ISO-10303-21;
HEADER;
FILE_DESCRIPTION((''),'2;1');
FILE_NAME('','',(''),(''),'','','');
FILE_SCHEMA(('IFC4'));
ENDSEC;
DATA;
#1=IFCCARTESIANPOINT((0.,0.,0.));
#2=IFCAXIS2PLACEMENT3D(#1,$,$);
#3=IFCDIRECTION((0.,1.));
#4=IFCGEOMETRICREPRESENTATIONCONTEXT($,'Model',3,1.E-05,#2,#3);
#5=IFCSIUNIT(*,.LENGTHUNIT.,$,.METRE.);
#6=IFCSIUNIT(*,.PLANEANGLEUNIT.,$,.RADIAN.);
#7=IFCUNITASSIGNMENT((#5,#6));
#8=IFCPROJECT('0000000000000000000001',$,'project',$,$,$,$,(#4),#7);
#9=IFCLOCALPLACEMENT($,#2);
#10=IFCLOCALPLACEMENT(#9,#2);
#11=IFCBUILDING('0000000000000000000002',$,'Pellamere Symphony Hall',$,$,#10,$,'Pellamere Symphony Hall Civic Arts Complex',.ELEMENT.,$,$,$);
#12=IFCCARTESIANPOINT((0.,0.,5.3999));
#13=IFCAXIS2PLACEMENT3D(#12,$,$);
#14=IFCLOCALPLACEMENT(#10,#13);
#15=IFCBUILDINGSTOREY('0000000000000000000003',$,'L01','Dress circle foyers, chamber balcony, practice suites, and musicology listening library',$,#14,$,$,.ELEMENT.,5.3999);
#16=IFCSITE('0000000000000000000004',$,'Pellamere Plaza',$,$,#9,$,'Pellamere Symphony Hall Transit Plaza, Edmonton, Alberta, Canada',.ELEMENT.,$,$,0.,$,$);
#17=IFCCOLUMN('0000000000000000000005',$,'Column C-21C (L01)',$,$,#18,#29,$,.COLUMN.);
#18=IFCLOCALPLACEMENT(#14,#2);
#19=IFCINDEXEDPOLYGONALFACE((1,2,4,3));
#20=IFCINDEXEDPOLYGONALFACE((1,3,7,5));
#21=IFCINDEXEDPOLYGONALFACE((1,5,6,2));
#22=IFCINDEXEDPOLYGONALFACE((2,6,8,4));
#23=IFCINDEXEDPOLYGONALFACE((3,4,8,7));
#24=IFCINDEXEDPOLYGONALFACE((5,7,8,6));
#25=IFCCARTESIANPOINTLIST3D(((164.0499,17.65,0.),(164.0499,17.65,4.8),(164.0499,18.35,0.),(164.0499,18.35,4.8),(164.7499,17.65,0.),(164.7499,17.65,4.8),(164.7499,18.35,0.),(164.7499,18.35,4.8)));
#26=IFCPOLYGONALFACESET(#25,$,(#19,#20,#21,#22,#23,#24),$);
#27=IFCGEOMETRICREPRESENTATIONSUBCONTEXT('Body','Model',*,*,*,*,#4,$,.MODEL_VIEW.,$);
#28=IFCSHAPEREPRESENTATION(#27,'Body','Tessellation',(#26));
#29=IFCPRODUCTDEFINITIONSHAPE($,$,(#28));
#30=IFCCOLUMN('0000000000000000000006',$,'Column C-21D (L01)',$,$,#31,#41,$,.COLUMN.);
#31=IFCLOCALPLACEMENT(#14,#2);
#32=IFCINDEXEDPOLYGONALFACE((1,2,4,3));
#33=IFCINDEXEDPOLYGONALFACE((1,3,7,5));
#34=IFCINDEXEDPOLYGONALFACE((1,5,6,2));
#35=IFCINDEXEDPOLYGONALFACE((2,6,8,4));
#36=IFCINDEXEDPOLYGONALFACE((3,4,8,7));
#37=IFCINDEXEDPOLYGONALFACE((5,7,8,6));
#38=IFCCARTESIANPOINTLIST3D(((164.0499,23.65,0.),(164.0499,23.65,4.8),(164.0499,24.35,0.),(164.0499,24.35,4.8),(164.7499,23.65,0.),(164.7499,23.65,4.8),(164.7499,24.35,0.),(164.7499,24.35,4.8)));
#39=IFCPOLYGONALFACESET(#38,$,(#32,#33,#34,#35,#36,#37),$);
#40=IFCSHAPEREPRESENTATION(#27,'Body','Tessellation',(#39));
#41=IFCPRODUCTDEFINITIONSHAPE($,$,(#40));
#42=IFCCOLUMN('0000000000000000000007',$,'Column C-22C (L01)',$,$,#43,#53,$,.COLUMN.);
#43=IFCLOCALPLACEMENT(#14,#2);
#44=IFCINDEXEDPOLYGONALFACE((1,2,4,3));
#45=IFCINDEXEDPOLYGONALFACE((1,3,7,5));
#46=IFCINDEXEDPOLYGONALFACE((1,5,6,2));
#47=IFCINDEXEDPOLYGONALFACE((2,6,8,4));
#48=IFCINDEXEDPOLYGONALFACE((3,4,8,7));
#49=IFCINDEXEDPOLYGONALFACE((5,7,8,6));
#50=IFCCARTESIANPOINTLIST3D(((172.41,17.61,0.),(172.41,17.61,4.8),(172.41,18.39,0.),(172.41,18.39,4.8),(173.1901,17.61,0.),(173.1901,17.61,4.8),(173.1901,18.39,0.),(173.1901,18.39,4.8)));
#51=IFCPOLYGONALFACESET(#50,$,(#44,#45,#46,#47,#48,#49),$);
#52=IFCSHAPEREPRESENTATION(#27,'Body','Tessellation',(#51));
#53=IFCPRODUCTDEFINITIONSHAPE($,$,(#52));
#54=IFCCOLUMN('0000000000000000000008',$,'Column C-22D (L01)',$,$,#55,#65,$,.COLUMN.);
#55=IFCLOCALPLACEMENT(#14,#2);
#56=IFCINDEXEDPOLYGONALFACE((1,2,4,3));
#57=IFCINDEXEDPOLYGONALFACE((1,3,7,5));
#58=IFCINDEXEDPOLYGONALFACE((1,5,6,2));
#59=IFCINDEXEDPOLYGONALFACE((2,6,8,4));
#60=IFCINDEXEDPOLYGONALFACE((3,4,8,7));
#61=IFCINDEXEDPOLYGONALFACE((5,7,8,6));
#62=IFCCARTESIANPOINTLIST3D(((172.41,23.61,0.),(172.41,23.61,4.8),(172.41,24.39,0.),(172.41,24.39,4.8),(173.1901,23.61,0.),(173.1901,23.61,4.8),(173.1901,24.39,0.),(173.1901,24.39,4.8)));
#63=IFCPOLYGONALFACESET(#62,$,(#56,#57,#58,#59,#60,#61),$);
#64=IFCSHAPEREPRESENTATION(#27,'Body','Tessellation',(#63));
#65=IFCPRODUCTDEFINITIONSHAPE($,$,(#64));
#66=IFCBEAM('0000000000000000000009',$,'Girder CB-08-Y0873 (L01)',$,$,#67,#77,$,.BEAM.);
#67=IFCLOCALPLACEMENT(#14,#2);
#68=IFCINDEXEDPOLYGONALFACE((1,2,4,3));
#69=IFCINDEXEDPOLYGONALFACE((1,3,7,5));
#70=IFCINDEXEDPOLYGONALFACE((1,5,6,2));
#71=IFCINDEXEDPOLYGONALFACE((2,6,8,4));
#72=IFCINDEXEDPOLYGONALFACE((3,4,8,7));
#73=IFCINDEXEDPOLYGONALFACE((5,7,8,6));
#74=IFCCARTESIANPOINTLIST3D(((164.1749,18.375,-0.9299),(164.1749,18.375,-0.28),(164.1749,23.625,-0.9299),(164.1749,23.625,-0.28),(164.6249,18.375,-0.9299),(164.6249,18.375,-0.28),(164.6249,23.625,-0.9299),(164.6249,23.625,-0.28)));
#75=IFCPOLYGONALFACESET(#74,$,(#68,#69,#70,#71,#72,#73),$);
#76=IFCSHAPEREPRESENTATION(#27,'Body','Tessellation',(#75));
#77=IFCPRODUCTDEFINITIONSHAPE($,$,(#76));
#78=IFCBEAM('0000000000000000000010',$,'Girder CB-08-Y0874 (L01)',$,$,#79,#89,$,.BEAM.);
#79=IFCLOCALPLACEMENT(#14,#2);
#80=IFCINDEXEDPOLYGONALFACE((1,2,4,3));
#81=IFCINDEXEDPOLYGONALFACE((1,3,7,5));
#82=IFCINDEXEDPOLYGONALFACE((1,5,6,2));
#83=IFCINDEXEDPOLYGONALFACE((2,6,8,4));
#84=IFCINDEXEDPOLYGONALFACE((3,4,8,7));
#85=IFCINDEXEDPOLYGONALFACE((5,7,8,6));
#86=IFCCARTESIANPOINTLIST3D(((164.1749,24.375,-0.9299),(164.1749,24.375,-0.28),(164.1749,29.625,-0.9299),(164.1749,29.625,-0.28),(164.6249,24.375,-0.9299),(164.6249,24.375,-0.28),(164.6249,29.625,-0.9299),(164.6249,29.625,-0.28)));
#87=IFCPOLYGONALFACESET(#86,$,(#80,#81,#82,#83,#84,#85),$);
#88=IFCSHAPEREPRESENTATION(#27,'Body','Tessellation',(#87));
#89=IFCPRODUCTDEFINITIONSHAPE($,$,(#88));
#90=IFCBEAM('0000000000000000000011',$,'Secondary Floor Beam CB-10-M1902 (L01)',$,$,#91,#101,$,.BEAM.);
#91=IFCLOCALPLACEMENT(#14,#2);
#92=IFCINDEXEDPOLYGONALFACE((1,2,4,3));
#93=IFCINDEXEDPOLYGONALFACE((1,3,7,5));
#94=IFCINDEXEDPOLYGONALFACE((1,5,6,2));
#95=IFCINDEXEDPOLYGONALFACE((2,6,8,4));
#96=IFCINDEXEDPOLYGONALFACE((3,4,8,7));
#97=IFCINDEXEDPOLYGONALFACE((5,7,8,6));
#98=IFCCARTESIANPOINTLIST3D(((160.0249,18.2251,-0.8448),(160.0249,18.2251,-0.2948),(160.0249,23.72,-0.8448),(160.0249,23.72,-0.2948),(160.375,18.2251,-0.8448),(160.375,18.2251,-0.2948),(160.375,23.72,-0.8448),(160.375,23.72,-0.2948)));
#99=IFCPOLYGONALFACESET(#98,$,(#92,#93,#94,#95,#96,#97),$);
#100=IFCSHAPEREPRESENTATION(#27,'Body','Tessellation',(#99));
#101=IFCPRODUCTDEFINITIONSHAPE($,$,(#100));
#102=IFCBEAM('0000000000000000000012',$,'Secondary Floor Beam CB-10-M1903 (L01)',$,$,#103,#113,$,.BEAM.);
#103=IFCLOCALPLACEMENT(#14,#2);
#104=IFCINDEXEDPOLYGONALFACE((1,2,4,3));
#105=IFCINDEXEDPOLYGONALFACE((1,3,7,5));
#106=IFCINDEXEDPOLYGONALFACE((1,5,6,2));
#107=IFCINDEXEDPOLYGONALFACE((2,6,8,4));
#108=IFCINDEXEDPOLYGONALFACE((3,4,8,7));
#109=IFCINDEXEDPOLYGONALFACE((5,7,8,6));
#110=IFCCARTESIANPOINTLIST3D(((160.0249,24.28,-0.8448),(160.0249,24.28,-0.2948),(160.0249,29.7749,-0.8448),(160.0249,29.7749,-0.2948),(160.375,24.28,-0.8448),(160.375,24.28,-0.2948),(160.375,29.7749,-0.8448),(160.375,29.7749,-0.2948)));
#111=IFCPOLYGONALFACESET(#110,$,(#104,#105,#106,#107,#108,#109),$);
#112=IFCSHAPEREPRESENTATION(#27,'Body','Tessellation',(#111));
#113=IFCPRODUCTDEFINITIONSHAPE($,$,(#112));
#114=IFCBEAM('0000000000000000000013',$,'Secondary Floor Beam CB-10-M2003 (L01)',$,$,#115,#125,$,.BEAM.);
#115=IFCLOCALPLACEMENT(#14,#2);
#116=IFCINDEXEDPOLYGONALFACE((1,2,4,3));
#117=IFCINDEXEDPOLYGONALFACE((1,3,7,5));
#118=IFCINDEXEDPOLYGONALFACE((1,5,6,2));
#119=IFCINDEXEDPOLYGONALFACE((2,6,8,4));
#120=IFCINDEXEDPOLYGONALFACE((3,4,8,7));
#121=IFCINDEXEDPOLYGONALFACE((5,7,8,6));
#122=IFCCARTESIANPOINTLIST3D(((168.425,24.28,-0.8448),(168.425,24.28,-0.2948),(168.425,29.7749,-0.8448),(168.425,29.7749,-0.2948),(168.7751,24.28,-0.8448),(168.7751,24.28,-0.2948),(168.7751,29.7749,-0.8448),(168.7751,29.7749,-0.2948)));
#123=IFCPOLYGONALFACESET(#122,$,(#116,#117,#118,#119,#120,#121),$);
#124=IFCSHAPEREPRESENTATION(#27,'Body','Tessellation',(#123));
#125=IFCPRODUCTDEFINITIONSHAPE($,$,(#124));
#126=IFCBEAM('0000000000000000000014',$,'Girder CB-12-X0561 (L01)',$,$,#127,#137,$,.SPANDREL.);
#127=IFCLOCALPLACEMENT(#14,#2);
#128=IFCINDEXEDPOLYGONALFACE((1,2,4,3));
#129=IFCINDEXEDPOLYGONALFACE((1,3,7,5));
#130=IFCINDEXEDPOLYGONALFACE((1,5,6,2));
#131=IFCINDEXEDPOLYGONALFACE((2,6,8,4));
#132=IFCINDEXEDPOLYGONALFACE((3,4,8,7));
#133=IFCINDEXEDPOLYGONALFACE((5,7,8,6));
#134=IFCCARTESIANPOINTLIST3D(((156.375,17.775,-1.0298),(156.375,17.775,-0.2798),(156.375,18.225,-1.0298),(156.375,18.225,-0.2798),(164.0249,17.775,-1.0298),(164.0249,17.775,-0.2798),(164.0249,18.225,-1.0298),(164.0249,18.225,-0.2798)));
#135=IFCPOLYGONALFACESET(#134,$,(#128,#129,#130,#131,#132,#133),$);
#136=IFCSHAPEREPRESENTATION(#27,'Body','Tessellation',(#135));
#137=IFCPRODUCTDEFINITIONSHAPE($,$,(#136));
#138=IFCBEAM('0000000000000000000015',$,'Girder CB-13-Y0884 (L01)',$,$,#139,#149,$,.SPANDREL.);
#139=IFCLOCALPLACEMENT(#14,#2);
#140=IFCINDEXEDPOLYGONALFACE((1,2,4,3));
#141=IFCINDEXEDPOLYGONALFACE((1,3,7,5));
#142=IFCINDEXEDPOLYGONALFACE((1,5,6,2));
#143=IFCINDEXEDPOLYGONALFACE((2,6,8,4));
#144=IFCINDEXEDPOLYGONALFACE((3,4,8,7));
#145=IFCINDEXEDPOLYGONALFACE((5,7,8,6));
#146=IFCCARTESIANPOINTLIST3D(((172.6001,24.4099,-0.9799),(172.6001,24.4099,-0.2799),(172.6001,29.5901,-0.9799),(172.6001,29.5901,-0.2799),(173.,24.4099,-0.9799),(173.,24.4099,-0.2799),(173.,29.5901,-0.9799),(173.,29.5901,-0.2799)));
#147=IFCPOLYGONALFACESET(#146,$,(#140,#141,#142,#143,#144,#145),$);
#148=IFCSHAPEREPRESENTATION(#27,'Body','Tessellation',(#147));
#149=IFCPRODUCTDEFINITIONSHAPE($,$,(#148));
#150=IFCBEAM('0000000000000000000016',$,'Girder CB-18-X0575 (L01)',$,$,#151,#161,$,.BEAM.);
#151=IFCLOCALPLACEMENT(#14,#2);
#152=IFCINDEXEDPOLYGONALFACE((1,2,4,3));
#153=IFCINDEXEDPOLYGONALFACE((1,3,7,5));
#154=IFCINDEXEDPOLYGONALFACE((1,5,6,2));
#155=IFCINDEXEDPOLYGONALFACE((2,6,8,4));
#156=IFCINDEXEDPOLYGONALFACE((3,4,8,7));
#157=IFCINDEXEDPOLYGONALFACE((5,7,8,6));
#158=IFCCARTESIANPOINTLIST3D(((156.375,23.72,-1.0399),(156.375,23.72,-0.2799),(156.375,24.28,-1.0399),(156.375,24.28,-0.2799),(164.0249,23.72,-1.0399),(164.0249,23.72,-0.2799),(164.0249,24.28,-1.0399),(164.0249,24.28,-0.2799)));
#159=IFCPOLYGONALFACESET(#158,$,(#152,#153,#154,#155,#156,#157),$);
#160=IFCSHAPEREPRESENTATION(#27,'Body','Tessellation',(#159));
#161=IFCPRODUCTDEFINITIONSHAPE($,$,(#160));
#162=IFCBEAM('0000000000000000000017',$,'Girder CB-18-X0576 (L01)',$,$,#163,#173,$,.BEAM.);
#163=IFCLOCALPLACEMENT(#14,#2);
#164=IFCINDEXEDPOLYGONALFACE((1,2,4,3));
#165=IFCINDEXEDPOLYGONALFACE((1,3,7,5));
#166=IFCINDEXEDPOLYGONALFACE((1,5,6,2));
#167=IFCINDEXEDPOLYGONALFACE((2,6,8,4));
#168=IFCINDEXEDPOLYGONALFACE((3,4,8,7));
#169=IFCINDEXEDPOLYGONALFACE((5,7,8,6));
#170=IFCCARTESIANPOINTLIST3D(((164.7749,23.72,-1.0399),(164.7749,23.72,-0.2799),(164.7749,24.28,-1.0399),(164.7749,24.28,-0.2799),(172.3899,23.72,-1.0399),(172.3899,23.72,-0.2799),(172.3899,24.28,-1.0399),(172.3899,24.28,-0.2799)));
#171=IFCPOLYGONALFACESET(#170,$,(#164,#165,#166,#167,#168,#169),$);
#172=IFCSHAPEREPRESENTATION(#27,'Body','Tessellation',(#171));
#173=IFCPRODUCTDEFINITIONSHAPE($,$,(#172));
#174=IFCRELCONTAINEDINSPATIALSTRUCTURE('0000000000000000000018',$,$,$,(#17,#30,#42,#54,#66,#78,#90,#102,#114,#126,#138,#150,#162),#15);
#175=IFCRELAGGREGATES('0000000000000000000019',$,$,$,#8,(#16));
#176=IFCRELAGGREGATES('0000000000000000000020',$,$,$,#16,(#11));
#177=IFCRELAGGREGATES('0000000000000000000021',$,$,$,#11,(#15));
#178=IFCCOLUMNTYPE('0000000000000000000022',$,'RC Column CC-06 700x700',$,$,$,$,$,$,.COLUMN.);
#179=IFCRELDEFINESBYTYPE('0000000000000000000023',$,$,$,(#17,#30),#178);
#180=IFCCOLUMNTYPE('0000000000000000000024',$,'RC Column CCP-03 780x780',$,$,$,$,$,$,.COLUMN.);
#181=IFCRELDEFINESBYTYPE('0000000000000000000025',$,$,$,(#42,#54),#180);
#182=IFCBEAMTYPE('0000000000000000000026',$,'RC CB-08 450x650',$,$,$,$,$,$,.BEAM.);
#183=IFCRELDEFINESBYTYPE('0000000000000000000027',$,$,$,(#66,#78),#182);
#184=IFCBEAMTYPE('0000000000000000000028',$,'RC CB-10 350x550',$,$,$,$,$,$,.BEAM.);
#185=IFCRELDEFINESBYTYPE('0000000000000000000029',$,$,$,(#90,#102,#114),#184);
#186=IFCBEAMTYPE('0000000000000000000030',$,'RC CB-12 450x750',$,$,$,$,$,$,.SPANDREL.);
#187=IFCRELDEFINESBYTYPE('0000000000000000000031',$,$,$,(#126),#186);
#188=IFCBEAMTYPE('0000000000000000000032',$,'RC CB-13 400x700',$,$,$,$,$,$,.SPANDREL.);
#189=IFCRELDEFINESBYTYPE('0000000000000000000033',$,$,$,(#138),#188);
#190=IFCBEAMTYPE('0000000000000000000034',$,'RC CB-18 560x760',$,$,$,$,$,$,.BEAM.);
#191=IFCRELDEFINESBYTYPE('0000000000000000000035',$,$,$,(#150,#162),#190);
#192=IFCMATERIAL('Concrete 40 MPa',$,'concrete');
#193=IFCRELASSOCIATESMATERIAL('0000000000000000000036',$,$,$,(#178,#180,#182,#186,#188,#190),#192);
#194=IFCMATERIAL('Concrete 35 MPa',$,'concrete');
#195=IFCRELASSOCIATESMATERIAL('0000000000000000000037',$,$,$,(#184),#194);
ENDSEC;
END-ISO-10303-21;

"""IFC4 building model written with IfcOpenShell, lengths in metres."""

from ifc_helpers import new_model, si_unit, direction, frame, origin, origin_2d, place, context, subcontext, project, spatial, rectangle, extrude, material, material_profile, profile_set, type_object, element, save


model = new_model("IFC4")

# Units and contexts
model_context = context("Model", 3, precision=1e-05, world=origin(), true_north=direction((0.0, 1.0)))
body_context = subcontext(model_context, "Body", "Model", "MODEL_VIEW")
ifc_project = project(units=[si_unit("LENGTHUNIT", "METRE"), si_unit("PLANEANGLEUNIT", "RADIAN")], contexts=[model_context])

# Site, building, storey
site_placement = place(None, origin())
site = spatial("IfcSite", under=ifc_project, at=site_placement, Name="Pellamere Plaza", LongName="Pellamere Symphony Hall Transit Plaza, Edmonton, Alberta, Canada", CompositionType="ELEMENT", RefElevation=0.0)
building_placement = place(site_placement, origin())
building = spatial("IfcBuilding", under=site, at=building_placement, Name="Pellamere Symphony Hall", LongName="Pellamere Symphony Hall Civic Arts Complex", CompositionType="ELEMENT")
storey_placement = place(building_placement, frame((0.0, 0.0, 5.3999)))
storey = spatial("IfcBuildingStorey", under=building, at=storey_placement, Name="L01", Description="Dress circle foyers, chamber balcony, practice suites, and musicology listening library", CompositionType="ELEMENT", Elevation=5.3999)

# Columns
ifc_material_1 = material(Name="Concrete 40 MPa", Category="concrete")
ifc_material_profile_1 = material_profile(ifc_material_1, rectangle(XDim=0.7, YDim=0.7, at=origin_2d()), Name="RC 700x700")
ifc_profile_set_1 = profile_set([ifc_material_profile_1], Name="Concrete 40 MPa")
column_type_1 = type_object("IfcColumnType", Name="RC Column CC-06 700x700", PredefinedType="COLUMN", material=ifc_profile_set_1)
for number, where, z_axis, x_axis, name in (
    (1, (164.3999, 18.0, 0.0), (0.0, 0.0, 1.0), (1.0, 0.0, 0.0), "Column C-21C (L01)"),
    (2, (164.3999, 24.0, 0.0), (0.0, 0.0, 1.0), (1.0, 0.0, 0.0), "Column C-21D (L01)"),
):
    element("IfcColumn", number, at=place(storey_placement, frame(where, z_axis=z_axis, x_axis=x_axis)), inside=storey, type_object=column_type_1, Name=name, PredefinedType="COLUMN", context=body_context, shape_type="SweptSolid", body=[
        extrude(rectangle(XDim=0.7, YDim=0.7, at=origin_2d()), origin(), (0.0, 0.0, 1.0), 4.8),
    ])
ifc_material_profile_2 = material_profile(ifc_material_1, rectangle(XDim=0.78, YDim=0.78, at=origin_2d()), Name="RC 780x780")
ifc_profile_set_2 = profile_set([ifc_material_profile_2], Name="Concrete 40 MPa")
column_type_2 = type_object("IfcColumnType", Name="RC Column CCP-03 780x780", PredefinedType="COLUMN", material=ifc_profile_set_2)
for number, where, z_axis, x_axis, name in (
    (3, (172.8, 18.0, 0.0), (0.0, 0.0, 1.0), (1.0, 0.0, 0.0), "Column C-22C (L01)"),
    (4, (172.8, 24.0, 0.0), (0.0, 0.0, 1.0), (1.0, 0.0, 0.0), "Column C-22D (L01)"),
):
    element("IfcColumn", number, at=place(storey_placement, frame(where, z_axis=z_axis, x_axis=x_axis)), inside=storey, type_object=column_type_2, Name=name, PredefinedType="COLUMN", context=body_context, shape_type="SweptSolid", body=[
        extrude(rectangle(XDim=0.78, YDim=0.78, at=origin_2d()), origin(), (0.0, 0.0, 1.0), 4.8),
    ])

# Beams
ifc_material_profile_3 = material_profile(ifc_material_1, rectangle(XDim=0.45, YDim=0.6499, at=origin_2d()), Name="RC 450x650")
ifc_profile_set_3 = profile_set([ifc_material_profile_3], Name="Concrete 40 MPa")
beam_type_1 = type_object("IfcBeamType", Name="RC CB-08 450x650", PredefinedType="BEAM", material=ifc_profile_set_3)
for number, where, z_axis, x_axis, name in (
    (5, (164.3999, 18.375, -0.605), (0.0, 1.0, 0.0), (-1.0, 0.0, 0.0), "Girder CB-08-Y0873 (L01)"),
    (6, (164.3999, 24.375, -0.605), (0.0, 1.0, 0.0), (-1.0, 0.0, 0.0), "Girder CB-08-Y0874 (L01)"),
):
    element("IfcBeam", number, at=place(storey_placement, frame(where, z_axis=z_axis, x_axis=x_axis)), inside=storey, type_object=beam_type_1, Name=name, PredefinedType="BEAM", context=body_context, shape_type="SweptSolid", body=[
        extrude(rectangle(XDim=0.45, YDim=0.6499, at=origin_2d()), origin(), (0.0, 0.0, 1.0), 5.25),
    ])
ifc_material_2 = material(Name="Concrete 35 MPa", Category="concrete")
ifc_material_profile_4 = material_profile(ifc_material_2, rectangle(XDim=0.3501, YDim=0.55, at=origin_2d()), Name="RC 350x550")
ifc_profile_set_4 = profile_set([ifc_material_profile_4], Name="Concrete 35 MPa")
beam_type_2 = type_object("IfcBeamType", Name="RC CB-10 350x550", PredefinedType="BEAM", material=ifc_profile_set_4)
for number, where, z_axis, x_axis, name in (
    (7, (160.2, 18.2251, -0.5698), (0.0, 1.0, 0.0), (-1.0, 0.0, 0.0), "Secondary Floor Beam CB-10-M1902 (L01)"),
    (8, (160.2, 24.28, -0.5698), (0.0, 1.0, 0.0), (-1.0, 0.0, 0.0), "Secondary Floor Beam CB-10-M1903 (L01)"),
    (9, (168.6001, 24.28, -0.5698), (0.0, 1.0, 0.0), (-1.0, 0.0, 0.0), "Secondary Floor Beam CB-10-M2003 (L01)"),
):
    element("IfcBeam", number, at=place(storey_placement, frame(where, z_axis=z_axis, x_axis=x_axis)), inside=storey, type_object=beam_type_2, Name=name, PredefinedType="BEAM", context=body_context, shape_type="SweptSolid", body=[
        extrude(rectangle(XDim=0.3501, YDim=0.55, at=origin_2d()), origin(), (0.0, 0.0, 1.0), 5.4949),
    ])
ifc_material_profile_5 = material_profile(ifc_material_1, rectangle(XDim=0.45, YDim=0.75, at=origin_2d()), Name="RC 450x750")
ifc_profile_set_5 = profile_set([ifc_material_profile_5], Name="Concrete 40 MPa")
beam_type_3 = type_object("IfcBeamType", Name="RC CB-12 450x750", PredefinedType="SPANDREL", material=ifc_profile_set_5)
beam_1_placement = place(storey_placement, frame((156.375, 18.0, -0.6548), z_axis=(1.0, 0.0, 0.0), x_axis=(0.0, 1.0, 0.0)))
element("IfcBeam", 10, at=beam_1_placement, inside=storey, type_object=beam_type_3, Name="Girder CB-12-X0561 (L01)", PredefinedType="SPANDREL", context=body_context, shape_type="SweptSolid", body=[
    extrude(rectangle(XDim=0.45, YDim=0.75, at=origin_2d()), origin(), (0.0, 0.0, 1.0), 7.6499),
])
ifc_material_profile_6 = material_profile(ifc_material_1, rectangle(XDim=0.3999, YDim=0.7, at=origin_2d()), Name="RC 400x700")
ifc_profile_set_6 = profile_set([ifc_material_profile_6], Name="Concrete 40 MPa")
beam_type_4 = type_object("IfcBeamType", Name="RC CB-13 400x700", PredefinedType="SPANDREL", material=ifc_profile_set_6)
beam_2_placement = place(storey_placement, frame((172.8, 24.4099, -0.6299), z_axis=(0.0, 1.0, 0.0), x_axis=(-1.0, 0.0, 0.0)))
element("IfcBeam", 11, at=beam_2_placement, inside=storey, type_object=beam_type_4, Name="Girder CB-13-Y0884 (L01)", PredefinedType="SPANDREL", context=body_context, shape_type="SweptSolid", body=[
    extrude(rectangle(XDim=0.3999, YDim=0.7, at=origin_2d()), origin(), (0.0, 0.0, 1.0), 5.1802),
])
ifc_material_profile_7 = material_profile(ifc_material_1, rectangle(XDim=0.5601, YDim=0.76, at=origin_2d()), Name="RC 560x760")
ifc_profile_set_7 = profile_set([ifc_material_profile_7], Name="Concrete 40 MPa")
beam_type_5 = type_object("IfcBeamType", Name="RC CB-18 560x760", PredefinedType="BEAM", material=ifc_profile_set_7)
beam_3_placement = place(storey_placement, frame((156.375, 24.0, -0.6599), z_axis=(1.0, 0.0, 0.0), x_axis=(0.0, 1.0, 0.0)))
element("IfcBeam", 12, at=beam_3_placement, inside=storey, type_object=beam_type_5, Name="Girder CB-18-X0575 (L01)", PredefinedType="BEAM", context=body_context, shape_type="SweptSolid", body=[
    extrude(rectangle(XDim=0.5601, YDim=0.76, at=origin_2d()), origin(), (0.0, 0.0, 1.0), 7.6499),
])
beam_4_placement = place(storey_placement, frame((164.7749, 24.0, -0.6599), z_axis=(1.0, 0.0, 0.0), x_axis=(0.0, 1.0, 0.0)))
element("IfcBeam", 13, at=beam_4_placement, inside=storey, type_object=beam_type_5, Name="Girder CB-18-X0576 (L01)", PredefinedType="BEAM", context=body_context, shape_type="SweptSolid", body=[
    extrude(rectangle(XDim=0.5601, YDim=0.76, at=origin_2d()), origin(), (0.0, 0.0, 1.0), 7.615),
])

save(model, "model.ifc")
